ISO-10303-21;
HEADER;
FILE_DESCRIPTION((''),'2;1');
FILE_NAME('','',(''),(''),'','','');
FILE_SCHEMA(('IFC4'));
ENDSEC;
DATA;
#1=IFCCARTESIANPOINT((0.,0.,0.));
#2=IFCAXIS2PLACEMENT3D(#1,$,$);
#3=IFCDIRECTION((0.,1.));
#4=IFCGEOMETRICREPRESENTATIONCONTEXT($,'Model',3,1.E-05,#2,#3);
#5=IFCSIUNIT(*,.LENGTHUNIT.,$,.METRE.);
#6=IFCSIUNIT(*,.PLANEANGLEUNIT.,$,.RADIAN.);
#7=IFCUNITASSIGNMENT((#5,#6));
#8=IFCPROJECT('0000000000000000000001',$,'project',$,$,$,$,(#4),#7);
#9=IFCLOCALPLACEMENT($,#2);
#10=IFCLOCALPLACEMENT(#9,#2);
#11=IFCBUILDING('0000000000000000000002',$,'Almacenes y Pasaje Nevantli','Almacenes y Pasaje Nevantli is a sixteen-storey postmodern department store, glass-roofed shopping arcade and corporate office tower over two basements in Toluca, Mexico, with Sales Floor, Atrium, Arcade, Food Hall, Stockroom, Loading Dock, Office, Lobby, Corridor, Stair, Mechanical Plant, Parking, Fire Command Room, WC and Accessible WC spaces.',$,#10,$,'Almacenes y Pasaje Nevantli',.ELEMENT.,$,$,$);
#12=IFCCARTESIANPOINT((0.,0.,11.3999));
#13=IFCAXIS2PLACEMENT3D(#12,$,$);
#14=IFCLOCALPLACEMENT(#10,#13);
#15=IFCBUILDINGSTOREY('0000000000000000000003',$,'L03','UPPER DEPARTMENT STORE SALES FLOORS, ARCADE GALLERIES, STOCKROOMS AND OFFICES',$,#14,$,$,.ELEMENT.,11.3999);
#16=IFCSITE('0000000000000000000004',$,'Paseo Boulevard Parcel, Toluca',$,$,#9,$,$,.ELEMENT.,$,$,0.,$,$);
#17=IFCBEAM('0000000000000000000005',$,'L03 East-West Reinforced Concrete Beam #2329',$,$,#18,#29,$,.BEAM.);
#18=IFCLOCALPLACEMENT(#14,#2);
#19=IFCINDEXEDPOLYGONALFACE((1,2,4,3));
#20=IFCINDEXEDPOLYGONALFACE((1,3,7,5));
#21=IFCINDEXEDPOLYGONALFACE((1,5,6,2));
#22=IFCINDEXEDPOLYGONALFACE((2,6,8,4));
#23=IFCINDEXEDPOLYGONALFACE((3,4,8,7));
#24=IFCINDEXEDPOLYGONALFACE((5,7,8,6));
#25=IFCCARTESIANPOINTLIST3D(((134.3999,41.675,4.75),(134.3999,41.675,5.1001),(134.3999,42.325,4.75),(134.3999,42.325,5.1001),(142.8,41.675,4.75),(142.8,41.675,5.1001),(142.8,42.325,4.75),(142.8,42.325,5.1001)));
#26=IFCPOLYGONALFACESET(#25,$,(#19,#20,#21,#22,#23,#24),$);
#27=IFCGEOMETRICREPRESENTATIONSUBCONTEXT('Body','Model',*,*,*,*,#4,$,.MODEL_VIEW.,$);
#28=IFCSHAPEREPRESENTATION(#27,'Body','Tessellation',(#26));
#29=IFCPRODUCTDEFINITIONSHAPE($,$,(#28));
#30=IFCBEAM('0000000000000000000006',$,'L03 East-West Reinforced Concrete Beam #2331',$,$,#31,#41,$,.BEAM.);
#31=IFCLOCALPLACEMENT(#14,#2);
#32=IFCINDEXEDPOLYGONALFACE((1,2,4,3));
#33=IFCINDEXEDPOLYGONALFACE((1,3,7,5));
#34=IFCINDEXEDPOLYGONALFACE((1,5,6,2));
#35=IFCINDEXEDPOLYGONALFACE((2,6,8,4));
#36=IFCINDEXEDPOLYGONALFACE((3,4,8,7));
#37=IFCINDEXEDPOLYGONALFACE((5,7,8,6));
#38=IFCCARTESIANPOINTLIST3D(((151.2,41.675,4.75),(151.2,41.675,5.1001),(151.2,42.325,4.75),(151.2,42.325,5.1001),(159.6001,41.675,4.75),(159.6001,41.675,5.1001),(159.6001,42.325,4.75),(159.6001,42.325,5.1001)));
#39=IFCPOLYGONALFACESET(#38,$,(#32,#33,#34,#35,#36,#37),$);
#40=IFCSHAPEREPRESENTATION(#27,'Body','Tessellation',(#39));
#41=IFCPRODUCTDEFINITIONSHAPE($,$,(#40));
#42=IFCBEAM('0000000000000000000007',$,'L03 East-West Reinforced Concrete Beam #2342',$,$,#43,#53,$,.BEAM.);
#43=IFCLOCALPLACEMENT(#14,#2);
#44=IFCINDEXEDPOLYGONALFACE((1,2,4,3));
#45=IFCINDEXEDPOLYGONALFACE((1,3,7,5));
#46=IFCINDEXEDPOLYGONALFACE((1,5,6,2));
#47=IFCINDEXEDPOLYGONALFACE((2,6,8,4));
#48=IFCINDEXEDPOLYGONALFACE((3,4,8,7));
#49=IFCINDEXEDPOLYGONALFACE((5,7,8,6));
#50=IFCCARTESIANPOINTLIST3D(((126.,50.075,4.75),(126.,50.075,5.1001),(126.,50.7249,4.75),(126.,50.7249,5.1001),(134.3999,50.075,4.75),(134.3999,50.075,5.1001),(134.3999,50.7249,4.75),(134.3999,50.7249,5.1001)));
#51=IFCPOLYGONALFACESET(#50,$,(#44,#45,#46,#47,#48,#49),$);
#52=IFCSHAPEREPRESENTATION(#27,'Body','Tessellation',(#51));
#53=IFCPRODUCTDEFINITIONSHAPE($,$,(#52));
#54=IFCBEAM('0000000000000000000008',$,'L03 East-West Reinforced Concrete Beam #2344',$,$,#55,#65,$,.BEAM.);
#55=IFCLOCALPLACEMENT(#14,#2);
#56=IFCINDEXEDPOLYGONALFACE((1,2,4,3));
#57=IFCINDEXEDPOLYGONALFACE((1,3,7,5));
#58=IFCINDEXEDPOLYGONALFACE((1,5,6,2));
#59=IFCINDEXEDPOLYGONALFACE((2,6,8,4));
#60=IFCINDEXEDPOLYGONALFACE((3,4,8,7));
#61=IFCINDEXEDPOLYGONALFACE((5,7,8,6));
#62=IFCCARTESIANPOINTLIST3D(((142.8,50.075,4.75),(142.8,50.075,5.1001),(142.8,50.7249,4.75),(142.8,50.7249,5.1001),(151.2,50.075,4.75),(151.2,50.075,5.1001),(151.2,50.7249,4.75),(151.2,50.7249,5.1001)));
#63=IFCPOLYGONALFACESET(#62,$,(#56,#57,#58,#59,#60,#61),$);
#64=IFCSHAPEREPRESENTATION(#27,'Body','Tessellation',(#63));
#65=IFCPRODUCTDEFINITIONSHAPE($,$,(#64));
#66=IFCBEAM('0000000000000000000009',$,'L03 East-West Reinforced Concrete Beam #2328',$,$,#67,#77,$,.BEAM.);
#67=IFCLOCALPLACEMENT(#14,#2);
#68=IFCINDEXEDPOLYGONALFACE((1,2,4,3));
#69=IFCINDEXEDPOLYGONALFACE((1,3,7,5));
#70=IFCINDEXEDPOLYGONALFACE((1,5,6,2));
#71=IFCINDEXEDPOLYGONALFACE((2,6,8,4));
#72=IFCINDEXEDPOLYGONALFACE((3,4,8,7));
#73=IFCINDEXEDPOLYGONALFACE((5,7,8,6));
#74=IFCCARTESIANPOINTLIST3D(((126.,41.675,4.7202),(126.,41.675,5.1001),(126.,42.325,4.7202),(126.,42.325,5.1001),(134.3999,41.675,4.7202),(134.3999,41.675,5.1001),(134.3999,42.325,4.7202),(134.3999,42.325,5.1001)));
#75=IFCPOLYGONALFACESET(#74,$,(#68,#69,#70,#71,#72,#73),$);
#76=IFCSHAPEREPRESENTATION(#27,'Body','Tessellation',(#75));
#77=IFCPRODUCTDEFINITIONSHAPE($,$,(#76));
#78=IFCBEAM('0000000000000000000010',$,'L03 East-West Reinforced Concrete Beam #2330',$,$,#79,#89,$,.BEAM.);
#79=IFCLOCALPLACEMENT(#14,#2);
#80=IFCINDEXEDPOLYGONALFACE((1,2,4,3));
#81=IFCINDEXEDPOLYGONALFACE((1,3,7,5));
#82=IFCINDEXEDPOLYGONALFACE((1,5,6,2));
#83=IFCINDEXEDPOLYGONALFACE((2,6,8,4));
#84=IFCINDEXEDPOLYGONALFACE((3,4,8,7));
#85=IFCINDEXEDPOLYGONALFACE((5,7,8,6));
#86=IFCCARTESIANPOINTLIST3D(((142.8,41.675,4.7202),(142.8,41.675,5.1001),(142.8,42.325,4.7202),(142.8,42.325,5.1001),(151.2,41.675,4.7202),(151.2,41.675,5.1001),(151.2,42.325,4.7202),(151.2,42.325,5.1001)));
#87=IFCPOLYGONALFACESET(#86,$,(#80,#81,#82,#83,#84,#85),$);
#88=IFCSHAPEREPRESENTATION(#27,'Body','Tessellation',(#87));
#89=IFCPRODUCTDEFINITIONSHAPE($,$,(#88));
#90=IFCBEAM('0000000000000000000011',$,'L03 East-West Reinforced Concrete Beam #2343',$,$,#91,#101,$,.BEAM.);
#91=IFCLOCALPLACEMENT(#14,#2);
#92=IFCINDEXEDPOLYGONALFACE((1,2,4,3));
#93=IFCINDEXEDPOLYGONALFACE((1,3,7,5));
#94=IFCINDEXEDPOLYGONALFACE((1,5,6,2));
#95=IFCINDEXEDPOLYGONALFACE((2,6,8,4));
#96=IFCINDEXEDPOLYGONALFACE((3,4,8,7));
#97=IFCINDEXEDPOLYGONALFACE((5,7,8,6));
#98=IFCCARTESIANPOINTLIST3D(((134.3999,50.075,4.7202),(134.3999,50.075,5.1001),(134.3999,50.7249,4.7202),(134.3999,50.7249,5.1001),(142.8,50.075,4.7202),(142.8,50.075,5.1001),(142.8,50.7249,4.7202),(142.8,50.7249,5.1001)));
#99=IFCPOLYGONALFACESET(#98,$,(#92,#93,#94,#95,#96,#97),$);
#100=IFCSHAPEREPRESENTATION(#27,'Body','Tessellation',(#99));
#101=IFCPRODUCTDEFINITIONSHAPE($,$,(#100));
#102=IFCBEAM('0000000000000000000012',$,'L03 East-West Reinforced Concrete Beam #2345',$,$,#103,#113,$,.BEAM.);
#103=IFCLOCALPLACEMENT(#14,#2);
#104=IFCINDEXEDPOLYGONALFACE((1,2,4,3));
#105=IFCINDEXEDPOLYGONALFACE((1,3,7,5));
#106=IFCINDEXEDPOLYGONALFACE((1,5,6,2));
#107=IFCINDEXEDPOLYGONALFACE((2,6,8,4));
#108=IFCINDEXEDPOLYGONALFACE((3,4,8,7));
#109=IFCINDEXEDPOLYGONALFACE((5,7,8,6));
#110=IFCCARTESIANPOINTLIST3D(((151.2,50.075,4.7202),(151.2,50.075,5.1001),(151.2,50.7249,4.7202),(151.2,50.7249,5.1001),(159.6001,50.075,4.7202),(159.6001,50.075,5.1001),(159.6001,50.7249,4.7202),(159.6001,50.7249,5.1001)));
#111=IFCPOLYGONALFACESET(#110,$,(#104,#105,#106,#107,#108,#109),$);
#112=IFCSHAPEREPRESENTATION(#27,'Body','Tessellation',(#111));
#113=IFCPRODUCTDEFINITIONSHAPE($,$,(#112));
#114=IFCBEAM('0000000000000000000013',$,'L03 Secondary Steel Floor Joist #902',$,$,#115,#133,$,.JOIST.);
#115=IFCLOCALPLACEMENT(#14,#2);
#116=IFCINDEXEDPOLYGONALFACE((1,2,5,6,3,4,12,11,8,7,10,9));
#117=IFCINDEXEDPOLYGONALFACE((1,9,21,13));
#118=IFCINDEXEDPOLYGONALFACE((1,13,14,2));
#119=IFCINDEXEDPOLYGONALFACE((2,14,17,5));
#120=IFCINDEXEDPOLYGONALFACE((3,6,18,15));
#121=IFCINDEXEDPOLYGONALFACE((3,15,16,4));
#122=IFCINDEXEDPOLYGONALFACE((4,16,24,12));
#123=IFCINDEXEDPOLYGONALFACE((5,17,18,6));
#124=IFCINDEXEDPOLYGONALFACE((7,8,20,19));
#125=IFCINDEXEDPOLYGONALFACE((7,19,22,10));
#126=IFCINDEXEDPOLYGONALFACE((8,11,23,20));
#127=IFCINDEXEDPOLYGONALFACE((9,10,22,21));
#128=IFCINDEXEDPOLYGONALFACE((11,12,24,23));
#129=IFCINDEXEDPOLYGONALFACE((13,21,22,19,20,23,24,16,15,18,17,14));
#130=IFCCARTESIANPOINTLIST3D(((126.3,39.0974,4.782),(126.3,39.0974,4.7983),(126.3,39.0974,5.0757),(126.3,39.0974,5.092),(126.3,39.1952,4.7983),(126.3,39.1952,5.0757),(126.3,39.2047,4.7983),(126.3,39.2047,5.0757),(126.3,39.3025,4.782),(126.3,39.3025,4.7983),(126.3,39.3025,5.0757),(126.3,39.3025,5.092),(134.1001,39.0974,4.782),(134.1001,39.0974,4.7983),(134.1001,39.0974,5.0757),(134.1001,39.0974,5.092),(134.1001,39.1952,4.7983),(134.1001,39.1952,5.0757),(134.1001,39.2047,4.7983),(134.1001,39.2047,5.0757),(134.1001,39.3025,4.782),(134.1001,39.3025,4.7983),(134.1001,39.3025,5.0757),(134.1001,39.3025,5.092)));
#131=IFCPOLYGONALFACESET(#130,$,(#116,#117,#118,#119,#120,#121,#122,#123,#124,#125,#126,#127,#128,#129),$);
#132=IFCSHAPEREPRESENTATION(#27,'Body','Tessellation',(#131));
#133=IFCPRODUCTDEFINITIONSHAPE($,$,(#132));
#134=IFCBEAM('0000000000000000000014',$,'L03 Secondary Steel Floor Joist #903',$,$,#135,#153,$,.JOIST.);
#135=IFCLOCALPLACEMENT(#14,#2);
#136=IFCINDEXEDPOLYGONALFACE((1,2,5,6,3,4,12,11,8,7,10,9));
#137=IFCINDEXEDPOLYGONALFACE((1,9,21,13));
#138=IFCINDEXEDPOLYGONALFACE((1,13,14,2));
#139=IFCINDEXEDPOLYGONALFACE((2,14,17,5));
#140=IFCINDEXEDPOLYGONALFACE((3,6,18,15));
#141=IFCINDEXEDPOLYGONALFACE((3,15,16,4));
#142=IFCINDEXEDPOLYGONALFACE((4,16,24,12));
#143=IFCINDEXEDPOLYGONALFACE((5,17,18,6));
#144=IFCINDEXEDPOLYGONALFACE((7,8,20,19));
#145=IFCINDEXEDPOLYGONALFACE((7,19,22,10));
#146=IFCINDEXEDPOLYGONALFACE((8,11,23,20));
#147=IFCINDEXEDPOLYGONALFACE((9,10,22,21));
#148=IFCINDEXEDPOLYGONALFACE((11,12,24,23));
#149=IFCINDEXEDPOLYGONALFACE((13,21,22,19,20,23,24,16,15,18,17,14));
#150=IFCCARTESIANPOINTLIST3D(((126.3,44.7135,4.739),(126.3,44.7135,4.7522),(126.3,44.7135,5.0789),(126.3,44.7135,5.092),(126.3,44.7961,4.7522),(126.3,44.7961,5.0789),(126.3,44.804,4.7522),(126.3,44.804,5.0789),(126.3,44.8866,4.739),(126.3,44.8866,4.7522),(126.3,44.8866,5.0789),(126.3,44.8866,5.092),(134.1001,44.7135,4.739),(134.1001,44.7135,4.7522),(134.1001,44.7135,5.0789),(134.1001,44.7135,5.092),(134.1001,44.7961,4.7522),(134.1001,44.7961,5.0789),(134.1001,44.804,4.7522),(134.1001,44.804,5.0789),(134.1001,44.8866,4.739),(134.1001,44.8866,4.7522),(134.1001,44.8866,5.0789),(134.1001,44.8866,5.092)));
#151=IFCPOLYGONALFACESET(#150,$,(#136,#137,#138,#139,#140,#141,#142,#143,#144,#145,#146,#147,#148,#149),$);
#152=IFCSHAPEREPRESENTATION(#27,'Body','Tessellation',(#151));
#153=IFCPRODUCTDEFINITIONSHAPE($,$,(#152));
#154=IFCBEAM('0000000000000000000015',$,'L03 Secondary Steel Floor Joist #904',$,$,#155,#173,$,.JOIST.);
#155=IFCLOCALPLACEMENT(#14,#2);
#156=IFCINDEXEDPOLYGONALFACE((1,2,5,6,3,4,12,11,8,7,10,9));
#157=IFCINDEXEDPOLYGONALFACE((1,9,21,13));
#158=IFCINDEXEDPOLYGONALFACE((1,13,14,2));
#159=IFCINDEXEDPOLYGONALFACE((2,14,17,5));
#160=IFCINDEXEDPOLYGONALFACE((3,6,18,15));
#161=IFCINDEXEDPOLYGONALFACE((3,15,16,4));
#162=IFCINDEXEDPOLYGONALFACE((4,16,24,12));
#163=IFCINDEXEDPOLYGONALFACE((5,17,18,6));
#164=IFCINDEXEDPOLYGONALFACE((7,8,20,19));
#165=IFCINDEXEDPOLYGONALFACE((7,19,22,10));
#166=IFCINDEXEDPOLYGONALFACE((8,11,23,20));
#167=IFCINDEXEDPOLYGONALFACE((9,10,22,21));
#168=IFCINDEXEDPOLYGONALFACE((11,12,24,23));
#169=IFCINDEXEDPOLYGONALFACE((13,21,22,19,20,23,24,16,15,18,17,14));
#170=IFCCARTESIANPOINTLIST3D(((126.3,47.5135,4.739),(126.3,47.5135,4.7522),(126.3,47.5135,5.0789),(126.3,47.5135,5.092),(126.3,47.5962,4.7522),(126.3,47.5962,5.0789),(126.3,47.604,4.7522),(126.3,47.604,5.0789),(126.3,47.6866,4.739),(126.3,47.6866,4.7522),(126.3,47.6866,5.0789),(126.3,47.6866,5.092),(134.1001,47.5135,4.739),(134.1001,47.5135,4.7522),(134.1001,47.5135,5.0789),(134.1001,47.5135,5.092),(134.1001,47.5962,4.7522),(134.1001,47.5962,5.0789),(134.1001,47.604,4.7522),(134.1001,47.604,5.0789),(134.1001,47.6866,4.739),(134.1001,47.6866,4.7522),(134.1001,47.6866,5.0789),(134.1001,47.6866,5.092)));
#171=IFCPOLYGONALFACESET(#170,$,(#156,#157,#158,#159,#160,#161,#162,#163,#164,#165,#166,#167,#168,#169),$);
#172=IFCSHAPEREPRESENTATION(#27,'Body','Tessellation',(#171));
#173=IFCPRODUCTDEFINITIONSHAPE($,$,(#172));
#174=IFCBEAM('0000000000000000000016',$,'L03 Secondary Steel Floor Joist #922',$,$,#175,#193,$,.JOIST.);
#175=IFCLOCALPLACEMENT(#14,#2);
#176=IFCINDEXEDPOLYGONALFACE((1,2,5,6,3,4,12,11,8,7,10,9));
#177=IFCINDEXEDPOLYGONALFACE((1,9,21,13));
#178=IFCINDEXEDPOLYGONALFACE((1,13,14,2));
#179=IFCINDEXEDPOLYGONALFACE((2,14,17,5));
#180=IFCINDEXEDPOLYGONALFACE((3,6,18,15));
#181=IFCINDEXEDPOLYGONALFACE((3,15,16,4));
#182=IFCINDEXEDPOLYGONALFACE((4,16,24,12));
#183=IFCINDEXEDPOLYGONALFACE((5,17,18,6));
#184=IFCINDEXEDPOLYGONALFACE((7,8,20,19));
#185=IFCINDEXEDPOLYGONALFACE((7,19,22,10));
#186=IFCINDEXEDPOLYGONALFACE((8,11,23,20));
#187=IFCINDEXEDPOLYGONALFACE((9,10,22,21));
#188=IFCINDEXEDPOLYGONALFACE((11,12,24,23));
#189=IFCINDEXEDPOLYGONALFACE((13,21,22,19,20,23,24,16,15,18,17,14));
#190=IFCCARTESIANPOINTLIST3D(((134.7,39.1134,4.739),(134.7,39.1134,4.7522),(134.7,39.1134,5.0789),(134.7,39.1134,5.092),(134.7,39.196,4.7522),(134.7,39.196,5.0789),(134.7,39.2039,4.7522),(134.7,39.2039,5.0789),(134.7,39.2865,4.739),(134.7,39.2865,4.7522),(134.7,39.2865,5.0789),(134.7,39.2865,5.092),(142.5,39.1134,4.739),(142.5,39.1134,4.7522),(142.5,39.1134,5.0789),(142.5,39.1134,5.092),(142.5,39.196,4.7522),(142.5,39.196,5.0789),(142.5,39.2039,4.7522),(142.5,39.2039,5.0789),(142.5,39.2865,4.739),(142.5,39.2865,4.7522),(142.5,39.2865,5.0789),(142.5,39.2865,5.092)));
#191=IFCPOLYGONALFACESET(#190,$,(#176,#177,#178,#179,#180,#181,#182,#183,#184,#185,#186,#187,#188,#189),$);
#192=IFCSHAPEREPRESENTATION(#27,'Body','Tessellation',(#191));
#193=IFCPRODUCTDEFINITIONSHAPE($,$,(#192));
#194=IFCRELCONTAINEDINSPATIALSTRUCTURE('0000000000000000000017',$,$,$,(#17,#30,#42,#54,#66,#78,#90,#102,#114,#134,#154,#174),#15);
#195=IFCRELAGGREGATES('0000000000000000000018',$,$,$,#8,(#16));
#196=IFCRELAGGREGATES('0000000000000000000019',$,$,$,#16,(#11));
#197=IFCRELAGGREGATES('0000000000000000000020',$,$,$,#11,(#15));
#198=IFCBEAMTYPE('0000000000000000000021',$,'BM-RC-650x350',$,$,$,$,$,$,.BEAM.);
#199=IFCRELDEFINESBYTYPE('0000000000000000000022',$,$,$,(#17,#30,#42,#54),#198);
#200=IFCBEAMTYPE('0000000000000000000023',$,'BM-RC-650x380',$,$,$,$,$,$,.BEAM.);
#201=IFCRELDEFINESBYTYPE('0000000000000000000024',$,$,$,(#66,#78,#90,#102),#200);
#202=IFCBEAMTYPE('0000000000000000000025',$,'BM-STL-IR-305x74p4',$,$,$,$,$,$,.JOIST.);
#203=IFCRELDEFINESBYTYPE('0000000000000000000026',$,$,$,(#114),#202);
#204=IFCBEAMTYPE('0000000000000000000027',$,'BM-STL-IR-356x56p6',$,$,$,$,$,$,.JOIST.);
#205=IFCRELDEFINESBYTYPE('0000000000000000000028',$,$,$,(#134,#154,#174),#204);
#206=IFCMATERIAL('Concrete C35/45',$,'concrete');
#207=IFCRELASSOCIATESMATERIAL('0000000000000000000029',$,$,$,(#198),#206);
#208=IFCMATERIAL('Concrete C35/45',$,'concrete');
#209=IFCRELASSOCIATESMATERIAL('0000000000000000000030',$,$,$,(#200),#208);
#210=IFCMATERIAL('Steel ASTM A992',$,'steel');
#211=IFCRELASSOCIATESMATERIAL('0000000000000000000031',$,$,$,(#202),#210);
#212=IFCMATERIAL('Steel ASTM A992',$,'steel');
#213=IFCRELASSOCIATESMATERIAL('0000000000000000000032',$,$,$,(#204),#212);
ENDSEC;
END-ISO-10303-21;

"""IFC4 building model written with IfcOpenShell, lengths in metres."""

from ifc_helpers import new_model, si_unit, direction, frame, origin, origin_2d, place, context, subcontext, project, spatial, rectangle, i_section, extrude, material, material_profile, profile_set, type_object, element, save


model = new_model("IFC4")

# Units and contexts
model_context = context("Model", 3, precision=1e-05, world=origin(), true_north=direction((0.0, 1.0)))
body_context = subcontext(model_context, "Body", "Model", "MODEL_VIEW")
ifc_project = project(units=[si_unit("LENGTHUNIT", "METRE"), si_unit("PLANEANGLEUNIT", "RADIAN")], contexts=[model_context])

# Site, building, storey
site_placement = place(None, origin())
site = spatial("IfcSite", under=ifc_project, at=site_placement, Name="Paseo Boulevard Parcel, Toluca", CompositionType="ELEMENT", RefElevation=0.0)
building_placement = place(site_placement, origin())
building = spatial("IfcBuilding", under=site, at=building_placement, Name="Almacenes y Pasaje Nevantli", Description="Almacenes y Pasaje Nevantli is a sixteen-storey postmodern department store, glass-roofed shopping arcade and corporate office tower over two basements in Toluca, Mexico, with Sales Floor, Atrium, Arcade, Food Hall, Stockroom, Loading Dock, Office, Lobby, Corridor, Stair, Mechanical Plant, Parking, Fire Command Room, WC and Accessible WC spaces.", LongName="Almacenes y Pasaje Nevantli", CompositionType="ELEMENT")
storey_placement = place(building_placement, frame((0.0, 0.0, 11.3999)))
storey = spatial("IfcBuildingStorey", under=building, at=storey_placement, Name="L03", Description="UPPER DEPARTMENT STORE SALES FLOORS, ARCADE GALLERIES, STOCKROOMS AND OFFICES", CompositionType="ELEMENT", Elevation=11.3999)

# Beams
ifc_material_1 = material(Name="Concrete C35/45", Category="concrete")
ifc_material_profile_1 = material_profile(ifc_material_1, rectangle(XDim=0.6499, YDim=0.3501, at=origin_2d()), Name="RC-BM-650x350")
ifc_profile_set_1 = profile_set([ifc_material_profile_1], Name="Concrete C35/45")
beam_type_1 = type_object("IfcBeamType", Name="BM-RC-650x350", PredefinedType="BEAM", material=ifc_profile_set_1)
for number, where, z_axis, x_axis, name in (
    (1, (134.3999, 42.0, 4.925), (1.0, 0.0, 0.0), (0.0, 1.0, 0.0), "L03 East-West Reinforced Concrete Beam #2329"),
    (2, (151.2, 42.0, 4.925), (1.0, 0.0, 0.0), (0.0, 1.0, 0.0), "L03 East-West Reinforced Concrete Beam #2331"),
):
    element("IfcBeam", number, at=place(storey_placement, frame(where, z_axis=z_axis, x_axis=x_axis)), inside=storey, type_object=beam_type_1, Name=name, PredefinedType="BEAM", context=body_context, shape_type="SweptSolid", body=[
        extrude(rectangle(XDim=0.6499, YDim=0.3501, at=origin_2d()), origin(), (0.0, 0.0, 1.0), 8.4001),
    ])
for number, where, z_axis, x_axis, name in (
    (3, (126.0, 50.3999, 4.925), (1.0, 0.0, 0.0), (0.0, 1.0, 0.0), "L03 East-West Reinforced Concrete Beam #2342"),
    (4, (142.8, 50.3999, 4.925), (1.0, 0.0, 0.0), (0.0, 1.0, 0.0), "L03 East-West Reinforced Concrete Beam #2344"),
):
    element("IfcBeam", number, at=place(storey_placement, frame(where, z_axis=z_axis, x_axis=x_axis)), inside=storey, type_object=beam_type_1, Name=name, PredefinedType="BEAM", context=body_context, shape_type="SweptSolid", body=[
        extrude(rectangle(XDim=0.6499, YDim=0.3501, at=origin_2d()), origin(), (0.0, 0.0, 1.0), 8.3999),
    ])
ifc_material_2 = material(Name="Concrete C35/45", Category="concrete")
ifc_material_profile_2 = material_profile(ifc_material_2, rectangle(XDim=0.6499, YDim=0.3799, at=origin_2d()), Name="RC-BM-650x380")
ifc_profile_set_2 = profile_set([ifc_material_profile_2], Name="Concrete C35/45")
beam_type_2 = type_object("IfcBeamType", Name="BM-RC-650x380", PredefinedType="BEAM", material=ifc_profile_set_2)
for number, where, z_axis, x_axis, name in (
    (5, (126.0, 42.0, 4.9102), (1.0, 0.0, 0.0), (0.0, 1.0, 0.0), "L03 East-West Reinforced Concrete Beam #2328"),
    (6, (142.8, 42.0, 4.9102), (1.0, 0.0, 0.0), (0.0, 1.0, 0.0), "L03 East-West Reinforced Concrete Beam #2330"),
):
    element("IfcBeam", number, at=place(storey_placement, frame(where, z_axis=z_axis, x_axis=x_axis)), inside=storey, type_object=beam_type_2, Name=name, PredefinedType="BEAM", context=body_context, shape_type="SweptSolid", body=[
        extrude(rectangle(XDim=0.6499, YDim=0.3799, at=origin_2d()), origin(), (0.0, 0.0, 1.0), 8.3999),
    ])
for number, where, z_axis, x_axis, name in (
    (7, (134.3999, 50.3999, 4.9102), (1.0, 0.0, 0.0), (0.0, 1.0, 0.0), "L03 East-West Reinforced Concrete Beam #2343"),
    (8, (151.2, 50.3999, 4.9102), (1.0, 0.0, 0.0), (0.0, 1.0, 0.0), "L03 East-West Reinforced Concrete Beam #2345"),
):
    element("IfcBeam", number, at=place(storey_placement, frame(where, z_axis=z_axis, x_axis=x_axis)), inside=storey, type_object=beam_type_2, Name=name, PredefinedType="BEAM", context=body_context, shape_type="SweptSolid", body=[
        extrude(rectangle(XDim=0.6499, YDim=0.3799, at=origin_2d()), origin(), (0.0, 0.0, 1.0), 8.4001),
    ])
ifc_material_3 = material(Name="Steel ASTM A992", Category="steel")
ifc_material_profile_3 = material_profile(ifc_material_3, i_section(OverallWidth=0.2051, OverallDepth=0.3101, WebThickness=0.0095, FlangeThickness=0.0164, at=origin_2d()), Name="IR 305x74.4")
ifc_profile_set_3 = profile_set([ifc_material_profile_3], Name="Steel ASTM A992")
beam_type_3 = type_object("IfcBeamType", Name="BM-STL-IR-305x74p4", PredefinedType="JOIST", material=ifc_profile_set_3)
beam_1_placement = place(storey_placement, frame((126.3, 39.2, 4.937), z_axis=(1.0, 0.0, 0.0), x_axis=(0.0, 1.0, 0.0)))
element("IfcBeam", 9, at=beam_1_placement, inside=storey, type_object=beam_type_3, Name="L03 Secondary Steel Floor Joist #902", PredefinedType="JOIST", context=body_context, shape_type="SweptSolid", body=[
    extrude(i_section(OverallWidth=0.2051, OverallDepth=0.3101, WebThickness=0.0095, FlangeThickness=0.0164, at=origin_2d()), origin(), (0.0, 0.0, 1.0), 7.8),
])
ifc_material_4 = material(Name="Steel ASTM A992", Category="steel")
ifc_material_profile_4 = material_profile(ifc_material_4, i_section(OverallWidth=0.1731, OverallDepth=0.353, WebThickness=0.0078, FlangeThickness=0.0132, at=origin_2d()), Name="IR 356x56.6")
ifc_profile_set_4 = profile_set([ifc_material_profile_4], Name="Steel ASTM A992")
beam_type_4 = type_object("IfcBeamType", Name="BM-STL-IR-356x56p6", PredefinedType="JOIST", material=ifc_profile_set_4)
for number, where, z_axis, x_axis, name in (
    (10, (126.3, 44.8, 4.9155), (1.0, 0.0, 0.0), (0.0, 1.0, 0.0), "L03 Secondary Steel Floor Joist #903"),
    (11, (126.3, 47.6001, 4.9155), (1.0, 0.0, 0.0), (0.0, 1.0, 0.0), "L03 Secondary Steel Floor Joist #904"),
    (12, (134.7, 39.2, 4.9155), (1.0, 0.0, 0.0), (0.0, 1.0, 0.0), "L03 Secondary Steel Floor Joist #922"),
):
    element("IfcBeam", number, at=place(storey_placement, frame(where, z_axis=z_axis, x_axis=x_axis)), inside=storey, type_object=beam_type_4, Name=name, PredefinedType="JOIST", context=body_context, shape_type="SweptSolid", body=[
        extrude(i_section(OverallWidth=0.1731, OverallDepth=0.353, WebThickness=0.0078, FlangeThickness=0.0132, at=origin_2d()), origin(), (0.0, 0.0, 1.0), 7.8),
    ])

save(model, "model.ifc")
